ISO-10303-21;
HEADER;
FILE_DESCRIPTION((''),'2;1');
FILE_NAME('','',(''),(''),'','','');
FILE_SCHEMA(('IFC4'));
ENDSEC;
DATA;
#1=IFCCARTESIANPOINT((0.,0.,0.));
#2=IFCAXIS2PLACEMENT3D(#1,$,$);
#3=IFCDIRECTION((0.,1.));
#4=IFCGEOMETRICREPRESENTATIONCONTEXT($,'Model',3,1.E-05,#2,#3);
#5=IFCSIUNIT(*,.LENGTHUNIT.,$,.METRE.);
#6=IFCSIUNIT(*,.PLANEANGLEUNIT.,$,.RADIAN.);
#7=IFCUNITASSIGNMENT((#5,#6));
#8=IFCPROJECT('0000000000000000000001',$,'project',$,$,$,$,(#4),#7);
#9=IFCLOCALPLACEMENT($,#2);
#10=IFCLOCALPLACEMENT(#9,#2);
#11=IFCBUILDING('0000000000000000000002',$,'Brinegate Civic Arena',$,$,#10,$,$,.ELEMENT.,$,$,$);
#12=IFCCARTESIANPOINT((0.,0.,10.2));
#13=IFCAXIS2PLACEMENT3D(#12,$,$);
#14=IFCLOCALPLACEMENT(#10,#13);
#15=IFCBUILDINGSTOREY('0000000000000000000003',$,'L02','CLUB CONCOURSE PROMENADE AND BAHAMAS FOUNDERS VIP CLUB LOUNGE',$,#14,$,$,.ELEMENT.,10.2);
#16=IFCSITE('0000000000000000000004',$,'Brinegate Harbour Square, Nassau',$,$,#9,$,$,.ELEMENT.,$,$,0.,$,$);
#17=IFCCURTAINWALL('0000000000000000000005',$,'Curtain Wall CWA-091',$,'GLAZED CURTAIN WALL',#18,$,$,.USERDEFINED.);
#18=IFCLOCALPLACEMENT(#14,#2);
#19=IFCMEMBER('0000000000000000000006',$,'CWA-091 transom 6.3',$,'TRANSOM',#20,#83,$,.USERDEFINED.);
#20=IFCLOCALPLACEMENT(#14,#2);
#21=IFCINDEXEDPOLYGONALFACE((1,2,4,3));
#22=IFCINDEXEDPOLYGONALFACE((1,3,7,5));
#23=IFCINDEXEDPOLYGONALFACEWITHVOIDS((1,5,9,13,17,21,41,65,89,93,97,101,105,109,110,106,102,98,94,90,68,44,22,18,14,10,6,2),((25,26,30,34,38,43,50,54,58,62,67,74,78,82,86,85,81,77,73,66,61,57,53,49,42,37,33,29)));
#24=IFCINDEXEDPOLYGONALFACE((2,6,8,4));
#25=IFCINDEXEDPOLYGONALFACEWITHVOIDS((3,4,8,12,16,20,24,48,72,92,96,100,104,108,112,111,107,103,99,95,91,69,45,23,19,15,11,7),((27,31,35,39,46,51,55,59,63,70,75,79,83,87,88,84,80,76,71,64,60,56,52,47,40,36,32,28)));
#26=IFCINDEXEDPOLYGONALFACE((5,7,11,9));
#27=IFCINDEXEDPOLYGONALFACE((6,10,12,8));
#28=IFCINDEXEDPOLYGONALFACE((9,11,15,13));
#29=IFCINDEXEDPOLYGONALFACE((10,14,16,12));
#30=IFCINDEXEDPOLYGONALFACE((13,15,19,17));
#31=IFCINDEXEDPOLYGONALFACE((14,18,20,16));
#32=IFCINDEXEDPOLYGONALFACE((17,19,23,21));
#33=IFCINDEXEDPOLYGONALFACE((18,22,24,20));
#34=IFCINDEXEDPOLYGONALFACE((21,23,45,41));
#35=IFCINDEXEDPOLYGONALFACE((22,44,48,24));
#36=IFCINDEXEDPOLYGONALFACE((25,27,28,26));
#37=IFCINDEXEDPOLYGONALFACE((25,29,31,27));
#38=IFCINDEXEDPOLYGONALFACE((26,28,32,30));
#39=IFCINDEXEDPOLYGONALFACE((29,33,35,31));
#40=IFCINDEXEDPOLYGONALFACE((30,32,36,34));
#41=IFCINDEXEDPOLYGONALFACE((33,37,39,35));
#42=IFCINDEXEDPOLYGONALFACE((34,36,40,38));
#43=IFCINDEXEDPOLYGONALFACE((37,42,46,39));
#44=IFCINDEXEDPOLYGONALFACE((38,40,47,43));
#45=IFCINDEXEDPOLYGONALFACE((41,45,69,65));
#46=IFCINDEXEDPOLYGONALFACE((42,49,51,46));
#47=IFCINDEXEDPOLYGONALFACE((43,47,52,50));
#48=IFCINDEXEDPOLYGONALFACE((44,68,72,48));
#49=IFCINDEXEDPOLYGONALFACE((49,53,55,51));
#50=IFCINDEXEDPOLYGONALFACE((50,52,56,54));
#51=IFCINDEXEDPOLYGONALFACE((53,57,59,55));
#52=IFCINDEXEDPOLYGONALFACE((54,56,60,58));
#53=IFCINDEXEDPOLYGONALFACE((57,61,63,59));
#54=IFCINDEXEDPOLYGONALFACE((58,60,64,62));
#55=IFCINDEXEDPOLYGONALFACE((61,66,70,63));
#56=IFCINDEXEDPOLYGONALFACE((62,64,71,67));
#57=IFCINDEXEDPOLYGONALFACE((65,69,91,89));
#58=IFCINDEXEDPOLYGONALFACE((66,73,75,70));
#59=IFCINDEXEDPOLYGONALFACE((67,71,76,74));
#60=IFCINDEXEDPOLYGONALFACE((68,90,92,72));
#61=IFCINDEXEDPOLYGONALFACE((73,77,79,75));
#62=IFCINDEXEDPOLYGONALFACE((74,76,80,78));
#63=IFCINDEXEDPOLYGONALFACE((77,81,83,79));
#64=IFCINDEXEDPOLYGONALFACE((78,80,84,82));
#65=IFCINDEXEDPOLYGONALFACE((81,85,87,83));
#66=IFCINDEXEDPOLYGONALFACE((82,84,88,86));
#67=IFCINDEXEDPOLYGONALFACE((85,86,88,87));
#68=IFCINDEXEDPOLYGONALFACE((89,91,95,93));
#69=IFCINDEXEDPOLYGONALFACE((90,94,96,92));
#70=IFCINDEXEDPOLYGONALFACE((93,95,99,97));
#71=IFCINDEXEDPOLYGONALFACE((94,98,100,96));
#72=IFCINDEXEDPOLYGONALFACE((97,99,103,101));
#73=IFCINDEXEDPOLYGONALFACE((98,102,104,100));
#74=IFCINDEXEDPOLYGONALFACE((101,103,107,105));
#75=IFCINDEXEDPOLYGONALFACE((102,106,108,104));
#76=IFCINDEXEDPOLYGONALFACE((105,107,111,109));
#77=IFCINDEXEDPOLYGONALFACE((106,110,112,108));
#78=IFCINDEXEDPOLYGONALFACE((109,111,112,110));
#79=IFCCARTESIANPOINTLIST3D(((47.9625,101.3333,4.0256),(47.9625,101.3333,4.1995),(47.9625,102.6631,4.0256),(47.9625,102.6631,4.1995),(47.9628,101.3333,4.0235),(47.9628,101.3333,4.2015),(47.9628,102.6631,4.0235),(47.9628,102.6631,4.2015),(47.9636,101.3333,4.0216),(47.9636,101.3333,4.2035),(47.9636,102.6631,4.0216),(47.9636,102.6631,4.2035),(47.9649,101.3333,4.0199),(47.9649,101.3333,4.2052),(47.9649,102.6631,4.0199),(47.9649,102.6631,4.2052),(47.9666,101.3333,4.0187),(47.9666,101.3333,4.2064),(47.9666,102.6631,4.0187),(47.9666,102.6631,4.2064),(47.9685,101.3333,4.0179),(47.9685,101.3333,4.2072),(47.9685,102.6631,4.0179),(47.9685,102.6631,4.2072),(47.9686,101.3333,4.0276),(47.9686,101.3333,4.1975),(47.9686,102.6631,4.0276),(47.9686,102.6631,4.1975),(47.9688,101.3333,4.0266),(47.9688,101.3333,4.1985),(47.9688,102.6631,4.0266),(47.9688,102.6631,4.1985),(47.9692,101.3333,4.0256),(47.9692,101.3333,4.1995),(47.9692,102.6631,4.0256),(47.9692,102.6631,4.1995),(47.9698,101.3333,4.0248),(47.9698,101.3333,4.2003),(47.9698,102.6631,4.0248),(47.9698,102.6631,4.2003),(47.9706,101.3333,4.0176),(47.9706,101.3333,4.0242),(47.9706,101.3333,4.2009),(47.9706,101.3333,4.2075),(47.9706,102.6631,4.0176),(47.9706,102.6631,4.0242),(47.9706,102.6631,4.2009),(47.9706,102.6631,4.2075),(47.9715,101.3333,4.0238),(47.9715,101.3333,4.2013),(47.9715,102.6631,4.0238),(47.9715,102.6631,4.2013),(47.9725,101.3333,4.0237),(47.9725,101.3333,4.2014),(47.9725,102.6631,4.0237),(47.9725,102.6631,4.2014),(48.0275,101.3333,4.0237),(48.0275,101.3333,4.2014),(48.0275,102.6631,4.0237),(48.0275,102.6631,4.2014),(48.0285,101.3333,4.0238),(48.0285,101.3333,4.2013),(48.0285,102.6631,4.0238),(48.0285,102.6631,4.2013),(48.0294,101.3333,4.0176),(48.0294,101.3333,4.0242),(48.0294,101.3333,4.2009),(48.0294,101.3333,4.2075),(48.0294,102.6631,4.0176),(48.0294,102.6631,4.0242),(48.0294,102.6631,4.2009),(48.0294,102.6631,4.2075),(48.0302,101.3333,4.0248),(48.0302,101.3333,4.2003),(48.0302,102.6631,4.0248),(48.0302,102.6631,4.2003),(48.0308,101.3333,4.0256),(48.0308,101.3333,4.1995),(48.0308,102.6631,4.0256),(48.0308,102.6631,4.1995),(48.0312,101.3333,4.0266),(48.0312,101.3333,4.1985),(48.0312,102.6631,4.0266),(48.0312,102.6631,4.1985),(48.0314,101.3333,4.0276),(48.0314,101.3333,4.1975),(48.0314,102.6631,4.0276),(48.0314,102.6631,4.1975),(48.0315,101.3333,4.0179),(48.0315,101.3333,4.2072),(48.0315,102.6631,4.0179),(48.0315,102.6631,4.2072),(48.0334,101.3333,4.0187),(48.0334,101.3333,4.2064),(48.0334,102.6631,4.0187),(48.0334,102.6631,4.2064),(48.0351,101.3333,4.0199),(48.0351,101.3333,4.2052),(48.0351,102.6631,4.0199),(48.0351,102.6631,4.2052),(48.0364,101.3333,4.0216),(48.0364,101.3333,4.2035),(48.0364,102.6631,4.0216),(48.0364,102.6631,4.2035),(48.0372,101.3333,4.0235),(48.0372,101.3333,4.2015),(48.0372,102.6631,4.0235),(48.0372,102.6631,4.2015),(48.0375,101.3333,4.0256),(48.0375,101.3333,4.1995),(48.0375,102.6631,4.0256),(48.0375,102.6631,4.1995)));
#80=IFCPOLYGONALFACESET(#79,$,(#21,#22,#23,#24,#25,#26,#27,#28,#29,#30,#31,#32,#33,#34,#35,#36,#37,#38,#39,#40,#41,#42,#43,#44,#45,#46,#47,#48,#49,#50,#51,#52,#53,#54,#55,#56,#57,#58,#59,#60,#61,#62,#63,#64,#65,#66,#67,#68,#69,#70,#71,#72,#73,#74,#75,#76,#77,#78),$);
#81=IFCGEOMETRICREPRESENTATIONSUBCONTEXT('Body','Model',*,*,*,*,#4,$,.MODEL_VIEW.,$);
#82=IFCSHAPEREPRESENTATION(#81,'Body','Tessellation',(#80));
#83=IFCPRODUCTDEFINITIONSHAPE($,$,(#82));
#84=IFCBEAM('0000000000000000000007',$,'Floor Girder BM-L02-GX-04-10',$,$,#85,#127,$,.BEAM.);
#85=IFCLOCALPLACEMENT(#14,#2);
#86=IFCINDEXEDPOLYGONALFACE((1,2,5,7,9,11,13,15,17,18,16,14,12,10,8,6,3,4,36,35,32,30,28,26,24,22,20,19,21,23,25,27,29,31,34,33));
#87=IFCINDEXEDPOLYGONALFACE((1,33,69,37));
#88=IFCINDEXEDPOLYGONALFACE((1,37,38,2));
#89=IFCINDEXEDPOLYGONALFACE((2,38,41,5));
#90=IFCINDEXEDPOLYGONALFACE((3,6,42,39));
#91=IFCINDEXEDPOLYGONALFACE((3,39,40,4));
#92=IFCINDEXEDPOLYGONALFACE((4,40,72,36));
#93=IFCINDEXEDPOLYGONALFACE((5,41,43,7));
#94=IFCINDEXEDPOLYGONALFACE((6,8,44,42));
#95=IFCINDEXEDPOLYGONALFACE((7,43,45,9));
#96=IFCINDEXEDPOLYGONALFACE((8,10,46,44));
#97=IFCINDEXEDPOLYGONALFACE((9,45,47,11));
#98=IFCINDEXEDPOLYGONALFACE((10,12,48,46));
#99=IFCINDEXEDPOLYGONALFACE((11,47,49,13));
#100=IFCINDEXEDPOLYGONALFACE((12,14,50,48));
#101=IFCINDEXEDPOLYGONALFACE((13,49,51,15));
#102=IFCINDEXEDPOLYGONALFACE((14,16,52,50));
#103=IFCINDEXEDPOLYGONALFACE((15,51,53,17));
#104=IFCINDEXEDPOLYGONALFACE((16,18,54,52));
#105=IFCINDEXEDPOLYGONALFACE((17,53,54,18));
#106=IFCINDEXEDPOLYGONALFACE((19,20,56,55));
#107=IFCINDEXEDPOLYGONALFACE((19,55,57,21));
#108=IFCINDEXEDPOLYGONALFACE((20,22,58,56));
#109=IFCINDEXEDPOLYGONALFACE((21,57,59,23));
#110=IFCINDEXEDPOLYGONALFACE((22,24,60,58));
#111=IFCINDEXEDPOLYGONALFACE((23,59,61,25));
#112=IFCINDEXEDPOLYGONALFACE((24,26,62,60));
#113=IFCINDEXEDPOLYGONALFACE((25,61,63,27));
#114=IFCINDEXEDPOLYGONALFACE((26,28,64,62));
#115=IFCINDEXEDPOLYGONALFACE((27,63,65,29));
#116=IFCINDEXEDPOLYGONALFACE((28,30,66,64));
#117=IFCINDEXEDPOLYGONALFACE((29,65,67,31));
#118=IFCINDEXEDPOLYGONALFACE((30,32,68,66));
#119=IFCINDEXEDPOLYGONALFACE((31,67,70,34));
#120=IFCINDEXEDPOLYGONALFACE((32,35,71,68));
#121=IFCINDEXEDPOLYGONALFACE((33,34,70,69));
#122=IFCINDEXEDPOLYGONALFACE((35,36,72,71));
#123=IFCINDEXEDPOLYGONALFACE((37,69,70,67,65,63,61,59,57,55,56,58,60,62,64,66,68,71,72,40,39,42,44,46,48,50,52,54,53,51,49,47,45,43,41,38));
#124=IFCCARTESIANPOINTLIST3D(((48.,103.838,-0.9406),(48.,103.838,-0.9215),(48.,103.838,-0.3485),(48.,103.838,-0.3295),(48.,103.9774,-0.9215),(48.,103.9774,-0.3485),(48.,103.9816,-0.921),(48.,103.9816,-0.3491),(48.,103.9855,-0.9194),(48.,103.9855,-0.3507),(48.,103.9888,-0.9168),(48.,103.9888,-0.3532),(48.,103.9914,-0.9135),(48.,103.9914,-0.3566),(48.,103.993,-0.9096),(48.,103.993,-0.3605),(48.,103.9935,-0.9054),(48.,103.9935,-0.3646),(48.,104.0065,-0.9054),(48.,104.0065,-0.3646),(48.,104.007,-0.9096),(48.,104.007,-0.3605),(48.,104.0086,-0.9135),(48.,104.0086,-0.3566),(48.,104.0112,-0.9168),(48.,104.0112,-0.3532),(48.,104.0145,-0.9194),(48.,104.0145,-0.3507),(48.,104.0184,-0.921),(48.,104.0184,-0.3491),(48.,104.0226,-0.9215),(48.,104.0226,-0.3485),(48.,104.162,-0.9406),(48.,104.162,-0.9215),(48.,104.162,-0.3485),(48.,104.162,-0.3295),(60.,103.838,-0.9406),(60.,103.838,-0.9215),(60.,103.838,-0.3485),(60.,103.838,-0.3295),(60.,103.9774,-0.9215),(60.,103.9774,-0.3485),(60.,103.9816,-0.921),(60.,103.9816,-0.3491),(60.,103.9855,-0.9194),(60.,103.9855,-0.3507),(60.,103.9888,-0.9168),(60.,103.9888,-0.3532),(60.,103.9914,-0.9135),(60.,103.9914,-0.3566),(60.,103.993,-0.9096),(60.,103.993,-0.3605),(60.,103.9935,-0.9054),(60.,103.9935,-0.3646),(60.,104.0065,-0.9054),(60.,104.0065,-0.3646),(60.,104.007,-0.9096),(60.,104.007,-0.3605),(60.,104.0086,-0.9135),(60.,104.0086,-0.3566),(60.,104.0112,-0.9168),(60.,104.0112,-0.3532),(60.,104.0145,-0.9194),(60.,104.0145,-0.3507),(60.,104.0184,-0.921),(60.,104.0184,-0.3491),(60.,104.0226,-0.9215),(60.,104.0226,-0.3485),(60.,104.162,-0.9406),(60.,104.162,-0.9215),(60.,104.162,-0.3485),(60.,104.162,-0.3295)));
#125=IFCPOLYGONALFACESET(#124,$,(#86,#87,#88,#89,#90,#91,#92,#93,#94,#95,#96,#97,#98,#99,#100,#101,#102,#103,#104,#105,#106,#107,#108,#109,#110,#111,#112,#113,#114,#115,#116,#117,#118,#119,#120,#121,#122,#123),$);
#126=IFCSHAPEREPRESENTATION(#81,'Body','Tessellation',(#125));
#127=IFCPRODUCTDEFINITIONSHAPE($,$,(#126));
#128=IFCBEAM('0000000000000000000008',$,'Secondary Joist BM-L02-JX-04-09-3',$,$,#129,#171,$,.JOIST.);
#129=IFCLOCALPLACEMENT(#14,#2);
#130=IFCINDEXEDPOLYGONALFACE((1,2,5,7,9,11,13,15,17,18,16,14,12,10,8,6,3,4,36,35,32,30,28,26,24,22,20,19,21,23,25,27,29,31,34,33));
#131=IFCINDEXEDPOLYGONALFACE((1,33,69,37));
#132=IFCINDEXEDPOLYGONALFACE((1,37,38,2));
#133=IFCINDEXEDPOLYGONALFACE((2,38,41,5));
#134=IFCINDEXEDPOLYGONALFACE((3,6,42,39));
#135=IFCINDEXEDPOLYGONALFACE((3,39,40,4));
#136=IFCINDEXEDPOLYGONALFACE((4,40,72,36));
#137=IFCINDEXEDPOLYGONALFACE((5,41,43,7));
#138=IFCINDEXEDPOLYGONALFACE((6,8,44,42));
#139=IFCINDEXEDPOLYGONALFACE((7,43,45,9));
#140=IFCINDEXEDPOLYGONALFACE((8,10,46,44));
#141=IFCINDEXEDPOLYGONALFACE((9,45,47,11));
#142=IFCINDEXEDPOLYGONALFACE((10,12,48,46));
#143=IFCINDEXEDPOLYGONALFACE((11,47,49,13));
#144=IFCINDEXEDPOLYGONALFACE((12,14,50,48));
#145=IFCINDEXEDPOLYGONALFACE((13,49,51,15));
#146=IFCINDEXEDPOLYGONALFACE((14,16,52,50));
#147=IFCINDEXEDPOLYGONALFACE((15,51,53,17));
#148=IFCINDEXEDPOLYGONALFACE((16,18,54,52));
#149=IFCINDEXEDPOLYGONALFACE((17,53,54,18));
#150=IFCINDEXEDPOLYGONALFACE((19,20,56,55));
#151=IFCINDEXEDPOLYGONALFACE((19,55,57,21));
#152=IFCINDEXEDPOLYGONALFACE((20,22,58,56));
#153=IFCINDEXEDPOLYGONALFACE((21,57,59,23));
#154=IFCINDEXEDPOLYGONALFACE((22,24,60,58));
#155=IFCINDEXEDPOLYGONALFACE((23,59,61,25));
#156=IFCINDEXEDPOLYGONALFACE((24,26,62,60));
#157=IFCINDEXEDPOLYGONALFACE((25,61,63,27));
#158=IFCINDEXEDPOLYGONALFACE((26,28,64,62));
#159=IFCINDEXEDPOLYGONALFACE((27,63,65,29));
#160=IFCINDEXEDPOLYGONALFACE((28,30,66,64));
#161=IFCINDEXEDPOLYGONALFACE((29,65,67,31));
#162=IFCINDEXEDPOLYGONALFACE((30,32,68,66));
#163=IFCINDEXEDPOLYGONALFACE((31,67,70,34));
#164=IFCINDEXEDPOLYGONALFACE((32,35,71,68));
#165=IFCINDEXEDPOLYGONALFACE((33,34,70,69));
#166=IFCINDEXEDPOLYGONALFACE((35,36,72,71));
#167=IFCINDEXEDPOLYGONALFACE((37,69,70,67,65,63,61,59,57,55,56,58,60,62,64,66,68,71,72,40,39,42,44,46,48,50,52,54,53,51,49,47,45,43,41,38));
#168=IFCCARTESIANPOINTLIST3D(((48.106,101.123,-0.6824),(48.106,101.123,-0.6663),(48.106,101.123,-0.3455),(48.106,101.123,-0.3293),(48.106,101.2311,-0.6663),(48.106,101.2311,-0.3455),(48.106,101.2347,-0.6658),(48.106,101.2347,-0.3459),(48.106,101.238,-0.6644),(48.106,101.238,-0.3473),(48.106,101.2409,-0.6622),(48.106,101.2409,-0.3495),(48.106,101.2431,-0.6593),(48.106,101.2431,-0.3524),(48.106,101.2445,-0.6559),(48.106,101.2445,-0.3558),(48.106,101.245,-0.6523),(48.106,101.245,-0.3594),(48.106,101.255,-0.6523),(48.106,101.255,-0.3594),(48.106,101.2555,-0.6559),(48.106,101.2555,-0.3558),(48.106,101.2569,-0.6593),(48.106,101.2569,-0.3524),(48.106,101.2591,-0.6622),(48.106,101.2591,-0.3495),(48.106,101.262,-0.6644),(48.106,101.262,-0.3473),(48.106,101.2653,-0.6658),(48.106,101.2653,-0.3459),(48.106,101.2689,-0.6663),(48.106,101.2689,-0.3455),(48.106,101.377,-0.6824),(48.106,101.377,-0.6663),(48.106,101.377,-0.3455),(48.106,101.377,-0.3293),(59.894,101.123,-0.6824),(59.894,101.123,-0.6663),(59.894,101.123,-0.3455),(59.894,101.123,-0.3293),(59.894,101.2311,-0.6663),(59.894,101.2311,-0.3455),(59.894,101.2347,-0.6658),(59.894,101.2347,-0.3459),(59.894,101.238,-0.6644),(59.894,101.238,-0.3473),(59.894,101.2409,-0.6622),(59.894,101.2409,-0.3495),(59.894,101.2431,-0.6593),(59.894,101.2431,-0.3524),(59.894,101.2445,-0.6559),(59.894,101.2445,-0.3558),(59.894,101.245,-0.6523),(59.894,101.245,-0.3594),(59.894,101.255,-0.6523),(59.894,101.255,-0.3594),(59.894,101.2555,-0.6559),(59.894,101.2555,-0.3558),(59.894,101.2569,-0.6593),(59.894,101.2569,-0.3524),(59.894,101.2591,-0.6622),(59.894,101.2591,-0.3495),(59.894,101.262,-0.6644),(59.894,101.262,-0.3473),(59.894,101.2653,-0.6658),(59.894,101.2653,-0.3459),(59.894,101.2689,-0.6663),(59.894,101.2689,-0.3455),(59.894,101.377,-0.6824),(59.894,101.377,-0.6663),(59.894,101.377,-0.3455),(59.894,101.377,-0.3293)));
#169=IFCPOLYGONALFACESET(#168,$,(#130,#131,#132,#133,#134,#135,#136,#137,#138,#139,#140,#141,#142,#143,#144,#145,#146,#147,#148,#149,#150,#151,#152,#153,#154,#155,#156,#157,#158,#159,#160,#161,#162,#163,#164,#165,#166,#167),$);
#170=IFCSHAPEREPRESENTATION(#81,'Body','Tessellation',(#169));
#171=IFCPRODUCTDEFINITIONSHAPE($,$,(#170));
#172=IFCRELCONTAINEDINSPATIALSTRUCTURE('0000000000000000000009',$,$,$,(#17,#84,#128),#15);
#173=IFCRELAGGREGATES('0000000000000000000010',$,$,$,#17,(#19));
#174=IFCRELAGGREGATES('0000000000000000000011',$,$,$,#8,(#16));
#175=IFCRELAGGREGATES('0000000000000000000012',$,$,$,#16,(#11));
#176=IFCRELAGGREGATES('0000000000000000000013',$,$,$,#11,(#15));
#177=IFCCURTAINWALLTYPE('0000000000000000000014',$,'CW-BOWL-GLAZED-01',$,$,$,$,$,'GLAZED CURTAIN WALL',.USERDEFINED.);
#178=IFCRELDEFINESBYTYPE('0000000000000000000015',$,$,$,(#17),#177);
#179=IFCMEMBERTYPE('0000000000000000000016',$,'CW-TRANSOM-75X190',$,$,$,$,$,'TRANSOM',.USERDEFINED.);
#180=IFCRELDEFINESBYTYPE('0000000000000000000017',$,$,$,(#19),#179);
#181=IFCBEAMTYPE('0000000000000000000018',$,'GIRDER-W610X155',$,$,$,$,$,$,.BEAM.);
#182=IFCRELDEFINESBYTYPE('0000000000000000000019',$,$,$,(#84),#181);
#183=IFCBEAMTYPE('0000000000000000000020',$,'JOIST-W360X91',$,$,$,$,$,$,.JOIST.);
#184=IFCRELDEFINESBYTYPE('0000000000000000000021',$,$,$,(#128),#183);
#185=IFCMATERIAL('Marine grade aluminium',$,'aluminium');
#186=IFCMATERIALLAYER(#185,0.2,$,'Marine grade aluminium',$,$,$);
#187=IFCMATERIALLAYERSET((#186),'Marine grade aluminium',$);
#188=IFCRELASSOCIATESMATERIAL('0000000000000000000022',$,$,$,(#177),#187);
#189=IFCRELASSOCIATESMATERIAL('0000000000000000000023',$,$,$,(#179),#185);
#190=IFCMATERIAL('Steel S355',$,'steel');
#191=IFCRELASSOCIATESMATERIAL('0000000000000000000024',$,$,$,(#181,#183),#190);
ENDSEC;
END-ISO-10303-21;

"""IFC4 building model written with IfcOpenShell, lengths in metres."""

from ifc_helpers import new_model, si_unit, direction, frame, origin, origin_2d, place, context, subcontext, project, spatial, hollow_rectangle, i_section, extrude, material, layer, layer_set, material_profile, profile_set, type_object, element, aggregate, save


model = new_model("IFC4")

# Units and contexts
model_context = context("Model", 3, precision=1e-05, world=origin(), true_north=direction((0.0, 1.0)))
body_context = subcontext(model_context, "Body", "Model", "MODEL_VIEW")
ifc_project = project(units=[si_unit("LENGTHUNIT", "METRE"), si_unit("PLANEANGLEUNIT", "RADIAN")], contexts=[model_context])

# Site, building, storey
site_placement = place(None, origin())
site = spatial("IfcSite", under=ifc_project, at=site_placement, Name="Brinegate Harbour Square, Nassau", CompositionType="ELEMENT", RefElevation=0.0)
building_placement = place(site_placement, origin())
building = spatial("IfcBuilding", under=site, at=building_placement, Name="Brinegate Civic Arena", CompositionType="ELEMENT")
storey_placement = place(building_placement, frame((0.0, 0.0, 10.2)))
storey = spatial("IfcBuildingStorey", under=building, at=storey_placement, Name="L02", Description="CLUB CONCOURSE PROMENADE AND BAHAMAS FOUNDERS VIP CLUB LOUNGE", CompositionType="ELEMENT", Elevation=10.2)

# Shared definitions
ifc_material_1 = material(Name="Marine grade aluminium", Category="aluminium")
ifc_layer_1 = layer(ifc_material_1, 0.2, Name="Marine grade aluminium")
ifc_layer_set_1 = layer_set([ifc_layer_1], Name="Marine grade aluminium")
curtain_wall_type = type_object("IfcCurtainWallType", Name="CW-BOWL-GLAZED-01", ElementType="GLAZED CURTAIN WALL", PredefinedType="USERDEFINED", material=ifc_layer_set_1)

# Curtain wall, member
curtain_wall_1_placement = place(storey_placement, origin())
curtain_wall_1 = element("IfcCurtainWall", 1, at=curtain_wall_1_placement, inside=storey, type_object=curtain_wall_type, Name="Curtain Wall CWA-091", ObjectType="GLAZED CURTAIN WALL", PredefinedType="USERDEFINED")
ifc_material_profile_1 = material_profile(ifc_material_1, hollow_rectangle(XDim=0.075, YDim=0.1899, WallThickness=0.0061, InnerFilletRadius=0.0039, OuterFilletRadius=0.0081, at=origin_2d()), Name="TRN75X190")
ifc_profile_set_1 = profile_set([ifc_material_profile_1], Name="Marine grade aluminium")
member_type_1 = type_object("IfcMemberType", Name="CW-TRANSOM-75X190", ElementType="TRANSOM", PredefinedType="USERDEFINED", material=ifc_profile_set_1)
member_1_placement = place(storey_placement, frame((48.0, 101.3333, 4.1125), z_axis=(0.0, 1.0, 0.0), x_axis=(-1.0, 0.0, 0.0)))
member_1 = element("IfcMember", 2, at=member_1_placement, type_object=member_type_1, Name="CWA-091 transom 6.3", ObjectType="TRANSOM", PredefinedType="USERDEFINED", context=body_context, shape_type="SweptSolid", body=[
    extrude(hollow_rectangle(XDim=0.075, YDim=0.1899, WallThickness=0.0061, InnerFilletRadius=0.0039, OuterFilletRadius=0.0081, at=origin_2d()), origin(), (0.0, 0.0, 1.0), 1.3298),
])

# Beams
ifc_material_2 = material(Name="Steel S355", Category="steel")
ifc_material_profile_2 = material_profile(ifc_material_2, i_section(OverallWidth=0.324, OverallDepth=0.6111, WebThickness=0.0129, FlangeThickness=0.019, FilletRadius=0.0161, at=origin_2d()), Name="W610X155")
ifc_profile_set_2 = profile_set([ifc_material_profile_2], Name="Steel S355")
beam_type_1 = type_object("IfcBeamType", Name="GIRDER-W610X155", PredefinedType="BEAM", material=ifc_profile_set_2)
beam_1_placement = place(storey_placement, frame((48.0, 104.0, -0.635), z_axis=(1.0, 0.0, 0.0), x_axis=(0.0, 1.0, 0.0)))
element("IfcBeam", 3, at=beam_1_placement, inside=storey, type_object=beam_type_1, Name="Floor Girder BM-L02-GX-04-10", PredefinedType="BEAM", context=body_context, shape_type="SweptSolid", body=[
    extrude(i_section(OverallWidth=0.324, OverallDepth=0.6111, WebThickness=0.0129, FlangeThickness=0.019, FilletRadius=0.0161, at=origin_2d()), origin(), (0.0, 0.0, 1.0), 12.0),
])
ifc_material_profile_3 = material_profile(ifc_material_2, i_section(OverallWidth=0.2539, OverallDepth=0.353, WebThickness=0.01, FlangeThickness=0.0161, FilletRadius=0.0139, at=origin_2d()), Name="W360X91")
ifc_profile_set_3 = profile_set([ifc_material_profile_3], Name="Steel S355")
beam_type_2 = type_object("IfcBeamType", Name="JOIST-W360X91", PredefinedType="JOIST", material=ifc_profile_set_3)
beam_2_placement = place(storey_placement, frame((48.106, 101.25, -0.5059), z_axis=(1.0, 0.0, 0.0), x_axis=(0.0, 1.0, 0.0)))
element("IfcBeam", 4, at=beam_2_placement, inside=storey, type_object=beam_type_2, Name="Secondary Joist BM-L02-JX-04-09-3", PredefinedType="JOIST", context=body_context, shape_type="SweptSolid", body=[
    extrude(i_section(OverallWidth=0.2539, OverallDepth=0.353, WebThickness=0.01, FlangeThickness=0.0161, FilletRadius=0.0139, at=origin_2d()), origin(), (0.0, 0.0, 1.0), 11.7881),
])

aggregate(curtain_wall_1, [member_1])

save(model, "model.ifc")
